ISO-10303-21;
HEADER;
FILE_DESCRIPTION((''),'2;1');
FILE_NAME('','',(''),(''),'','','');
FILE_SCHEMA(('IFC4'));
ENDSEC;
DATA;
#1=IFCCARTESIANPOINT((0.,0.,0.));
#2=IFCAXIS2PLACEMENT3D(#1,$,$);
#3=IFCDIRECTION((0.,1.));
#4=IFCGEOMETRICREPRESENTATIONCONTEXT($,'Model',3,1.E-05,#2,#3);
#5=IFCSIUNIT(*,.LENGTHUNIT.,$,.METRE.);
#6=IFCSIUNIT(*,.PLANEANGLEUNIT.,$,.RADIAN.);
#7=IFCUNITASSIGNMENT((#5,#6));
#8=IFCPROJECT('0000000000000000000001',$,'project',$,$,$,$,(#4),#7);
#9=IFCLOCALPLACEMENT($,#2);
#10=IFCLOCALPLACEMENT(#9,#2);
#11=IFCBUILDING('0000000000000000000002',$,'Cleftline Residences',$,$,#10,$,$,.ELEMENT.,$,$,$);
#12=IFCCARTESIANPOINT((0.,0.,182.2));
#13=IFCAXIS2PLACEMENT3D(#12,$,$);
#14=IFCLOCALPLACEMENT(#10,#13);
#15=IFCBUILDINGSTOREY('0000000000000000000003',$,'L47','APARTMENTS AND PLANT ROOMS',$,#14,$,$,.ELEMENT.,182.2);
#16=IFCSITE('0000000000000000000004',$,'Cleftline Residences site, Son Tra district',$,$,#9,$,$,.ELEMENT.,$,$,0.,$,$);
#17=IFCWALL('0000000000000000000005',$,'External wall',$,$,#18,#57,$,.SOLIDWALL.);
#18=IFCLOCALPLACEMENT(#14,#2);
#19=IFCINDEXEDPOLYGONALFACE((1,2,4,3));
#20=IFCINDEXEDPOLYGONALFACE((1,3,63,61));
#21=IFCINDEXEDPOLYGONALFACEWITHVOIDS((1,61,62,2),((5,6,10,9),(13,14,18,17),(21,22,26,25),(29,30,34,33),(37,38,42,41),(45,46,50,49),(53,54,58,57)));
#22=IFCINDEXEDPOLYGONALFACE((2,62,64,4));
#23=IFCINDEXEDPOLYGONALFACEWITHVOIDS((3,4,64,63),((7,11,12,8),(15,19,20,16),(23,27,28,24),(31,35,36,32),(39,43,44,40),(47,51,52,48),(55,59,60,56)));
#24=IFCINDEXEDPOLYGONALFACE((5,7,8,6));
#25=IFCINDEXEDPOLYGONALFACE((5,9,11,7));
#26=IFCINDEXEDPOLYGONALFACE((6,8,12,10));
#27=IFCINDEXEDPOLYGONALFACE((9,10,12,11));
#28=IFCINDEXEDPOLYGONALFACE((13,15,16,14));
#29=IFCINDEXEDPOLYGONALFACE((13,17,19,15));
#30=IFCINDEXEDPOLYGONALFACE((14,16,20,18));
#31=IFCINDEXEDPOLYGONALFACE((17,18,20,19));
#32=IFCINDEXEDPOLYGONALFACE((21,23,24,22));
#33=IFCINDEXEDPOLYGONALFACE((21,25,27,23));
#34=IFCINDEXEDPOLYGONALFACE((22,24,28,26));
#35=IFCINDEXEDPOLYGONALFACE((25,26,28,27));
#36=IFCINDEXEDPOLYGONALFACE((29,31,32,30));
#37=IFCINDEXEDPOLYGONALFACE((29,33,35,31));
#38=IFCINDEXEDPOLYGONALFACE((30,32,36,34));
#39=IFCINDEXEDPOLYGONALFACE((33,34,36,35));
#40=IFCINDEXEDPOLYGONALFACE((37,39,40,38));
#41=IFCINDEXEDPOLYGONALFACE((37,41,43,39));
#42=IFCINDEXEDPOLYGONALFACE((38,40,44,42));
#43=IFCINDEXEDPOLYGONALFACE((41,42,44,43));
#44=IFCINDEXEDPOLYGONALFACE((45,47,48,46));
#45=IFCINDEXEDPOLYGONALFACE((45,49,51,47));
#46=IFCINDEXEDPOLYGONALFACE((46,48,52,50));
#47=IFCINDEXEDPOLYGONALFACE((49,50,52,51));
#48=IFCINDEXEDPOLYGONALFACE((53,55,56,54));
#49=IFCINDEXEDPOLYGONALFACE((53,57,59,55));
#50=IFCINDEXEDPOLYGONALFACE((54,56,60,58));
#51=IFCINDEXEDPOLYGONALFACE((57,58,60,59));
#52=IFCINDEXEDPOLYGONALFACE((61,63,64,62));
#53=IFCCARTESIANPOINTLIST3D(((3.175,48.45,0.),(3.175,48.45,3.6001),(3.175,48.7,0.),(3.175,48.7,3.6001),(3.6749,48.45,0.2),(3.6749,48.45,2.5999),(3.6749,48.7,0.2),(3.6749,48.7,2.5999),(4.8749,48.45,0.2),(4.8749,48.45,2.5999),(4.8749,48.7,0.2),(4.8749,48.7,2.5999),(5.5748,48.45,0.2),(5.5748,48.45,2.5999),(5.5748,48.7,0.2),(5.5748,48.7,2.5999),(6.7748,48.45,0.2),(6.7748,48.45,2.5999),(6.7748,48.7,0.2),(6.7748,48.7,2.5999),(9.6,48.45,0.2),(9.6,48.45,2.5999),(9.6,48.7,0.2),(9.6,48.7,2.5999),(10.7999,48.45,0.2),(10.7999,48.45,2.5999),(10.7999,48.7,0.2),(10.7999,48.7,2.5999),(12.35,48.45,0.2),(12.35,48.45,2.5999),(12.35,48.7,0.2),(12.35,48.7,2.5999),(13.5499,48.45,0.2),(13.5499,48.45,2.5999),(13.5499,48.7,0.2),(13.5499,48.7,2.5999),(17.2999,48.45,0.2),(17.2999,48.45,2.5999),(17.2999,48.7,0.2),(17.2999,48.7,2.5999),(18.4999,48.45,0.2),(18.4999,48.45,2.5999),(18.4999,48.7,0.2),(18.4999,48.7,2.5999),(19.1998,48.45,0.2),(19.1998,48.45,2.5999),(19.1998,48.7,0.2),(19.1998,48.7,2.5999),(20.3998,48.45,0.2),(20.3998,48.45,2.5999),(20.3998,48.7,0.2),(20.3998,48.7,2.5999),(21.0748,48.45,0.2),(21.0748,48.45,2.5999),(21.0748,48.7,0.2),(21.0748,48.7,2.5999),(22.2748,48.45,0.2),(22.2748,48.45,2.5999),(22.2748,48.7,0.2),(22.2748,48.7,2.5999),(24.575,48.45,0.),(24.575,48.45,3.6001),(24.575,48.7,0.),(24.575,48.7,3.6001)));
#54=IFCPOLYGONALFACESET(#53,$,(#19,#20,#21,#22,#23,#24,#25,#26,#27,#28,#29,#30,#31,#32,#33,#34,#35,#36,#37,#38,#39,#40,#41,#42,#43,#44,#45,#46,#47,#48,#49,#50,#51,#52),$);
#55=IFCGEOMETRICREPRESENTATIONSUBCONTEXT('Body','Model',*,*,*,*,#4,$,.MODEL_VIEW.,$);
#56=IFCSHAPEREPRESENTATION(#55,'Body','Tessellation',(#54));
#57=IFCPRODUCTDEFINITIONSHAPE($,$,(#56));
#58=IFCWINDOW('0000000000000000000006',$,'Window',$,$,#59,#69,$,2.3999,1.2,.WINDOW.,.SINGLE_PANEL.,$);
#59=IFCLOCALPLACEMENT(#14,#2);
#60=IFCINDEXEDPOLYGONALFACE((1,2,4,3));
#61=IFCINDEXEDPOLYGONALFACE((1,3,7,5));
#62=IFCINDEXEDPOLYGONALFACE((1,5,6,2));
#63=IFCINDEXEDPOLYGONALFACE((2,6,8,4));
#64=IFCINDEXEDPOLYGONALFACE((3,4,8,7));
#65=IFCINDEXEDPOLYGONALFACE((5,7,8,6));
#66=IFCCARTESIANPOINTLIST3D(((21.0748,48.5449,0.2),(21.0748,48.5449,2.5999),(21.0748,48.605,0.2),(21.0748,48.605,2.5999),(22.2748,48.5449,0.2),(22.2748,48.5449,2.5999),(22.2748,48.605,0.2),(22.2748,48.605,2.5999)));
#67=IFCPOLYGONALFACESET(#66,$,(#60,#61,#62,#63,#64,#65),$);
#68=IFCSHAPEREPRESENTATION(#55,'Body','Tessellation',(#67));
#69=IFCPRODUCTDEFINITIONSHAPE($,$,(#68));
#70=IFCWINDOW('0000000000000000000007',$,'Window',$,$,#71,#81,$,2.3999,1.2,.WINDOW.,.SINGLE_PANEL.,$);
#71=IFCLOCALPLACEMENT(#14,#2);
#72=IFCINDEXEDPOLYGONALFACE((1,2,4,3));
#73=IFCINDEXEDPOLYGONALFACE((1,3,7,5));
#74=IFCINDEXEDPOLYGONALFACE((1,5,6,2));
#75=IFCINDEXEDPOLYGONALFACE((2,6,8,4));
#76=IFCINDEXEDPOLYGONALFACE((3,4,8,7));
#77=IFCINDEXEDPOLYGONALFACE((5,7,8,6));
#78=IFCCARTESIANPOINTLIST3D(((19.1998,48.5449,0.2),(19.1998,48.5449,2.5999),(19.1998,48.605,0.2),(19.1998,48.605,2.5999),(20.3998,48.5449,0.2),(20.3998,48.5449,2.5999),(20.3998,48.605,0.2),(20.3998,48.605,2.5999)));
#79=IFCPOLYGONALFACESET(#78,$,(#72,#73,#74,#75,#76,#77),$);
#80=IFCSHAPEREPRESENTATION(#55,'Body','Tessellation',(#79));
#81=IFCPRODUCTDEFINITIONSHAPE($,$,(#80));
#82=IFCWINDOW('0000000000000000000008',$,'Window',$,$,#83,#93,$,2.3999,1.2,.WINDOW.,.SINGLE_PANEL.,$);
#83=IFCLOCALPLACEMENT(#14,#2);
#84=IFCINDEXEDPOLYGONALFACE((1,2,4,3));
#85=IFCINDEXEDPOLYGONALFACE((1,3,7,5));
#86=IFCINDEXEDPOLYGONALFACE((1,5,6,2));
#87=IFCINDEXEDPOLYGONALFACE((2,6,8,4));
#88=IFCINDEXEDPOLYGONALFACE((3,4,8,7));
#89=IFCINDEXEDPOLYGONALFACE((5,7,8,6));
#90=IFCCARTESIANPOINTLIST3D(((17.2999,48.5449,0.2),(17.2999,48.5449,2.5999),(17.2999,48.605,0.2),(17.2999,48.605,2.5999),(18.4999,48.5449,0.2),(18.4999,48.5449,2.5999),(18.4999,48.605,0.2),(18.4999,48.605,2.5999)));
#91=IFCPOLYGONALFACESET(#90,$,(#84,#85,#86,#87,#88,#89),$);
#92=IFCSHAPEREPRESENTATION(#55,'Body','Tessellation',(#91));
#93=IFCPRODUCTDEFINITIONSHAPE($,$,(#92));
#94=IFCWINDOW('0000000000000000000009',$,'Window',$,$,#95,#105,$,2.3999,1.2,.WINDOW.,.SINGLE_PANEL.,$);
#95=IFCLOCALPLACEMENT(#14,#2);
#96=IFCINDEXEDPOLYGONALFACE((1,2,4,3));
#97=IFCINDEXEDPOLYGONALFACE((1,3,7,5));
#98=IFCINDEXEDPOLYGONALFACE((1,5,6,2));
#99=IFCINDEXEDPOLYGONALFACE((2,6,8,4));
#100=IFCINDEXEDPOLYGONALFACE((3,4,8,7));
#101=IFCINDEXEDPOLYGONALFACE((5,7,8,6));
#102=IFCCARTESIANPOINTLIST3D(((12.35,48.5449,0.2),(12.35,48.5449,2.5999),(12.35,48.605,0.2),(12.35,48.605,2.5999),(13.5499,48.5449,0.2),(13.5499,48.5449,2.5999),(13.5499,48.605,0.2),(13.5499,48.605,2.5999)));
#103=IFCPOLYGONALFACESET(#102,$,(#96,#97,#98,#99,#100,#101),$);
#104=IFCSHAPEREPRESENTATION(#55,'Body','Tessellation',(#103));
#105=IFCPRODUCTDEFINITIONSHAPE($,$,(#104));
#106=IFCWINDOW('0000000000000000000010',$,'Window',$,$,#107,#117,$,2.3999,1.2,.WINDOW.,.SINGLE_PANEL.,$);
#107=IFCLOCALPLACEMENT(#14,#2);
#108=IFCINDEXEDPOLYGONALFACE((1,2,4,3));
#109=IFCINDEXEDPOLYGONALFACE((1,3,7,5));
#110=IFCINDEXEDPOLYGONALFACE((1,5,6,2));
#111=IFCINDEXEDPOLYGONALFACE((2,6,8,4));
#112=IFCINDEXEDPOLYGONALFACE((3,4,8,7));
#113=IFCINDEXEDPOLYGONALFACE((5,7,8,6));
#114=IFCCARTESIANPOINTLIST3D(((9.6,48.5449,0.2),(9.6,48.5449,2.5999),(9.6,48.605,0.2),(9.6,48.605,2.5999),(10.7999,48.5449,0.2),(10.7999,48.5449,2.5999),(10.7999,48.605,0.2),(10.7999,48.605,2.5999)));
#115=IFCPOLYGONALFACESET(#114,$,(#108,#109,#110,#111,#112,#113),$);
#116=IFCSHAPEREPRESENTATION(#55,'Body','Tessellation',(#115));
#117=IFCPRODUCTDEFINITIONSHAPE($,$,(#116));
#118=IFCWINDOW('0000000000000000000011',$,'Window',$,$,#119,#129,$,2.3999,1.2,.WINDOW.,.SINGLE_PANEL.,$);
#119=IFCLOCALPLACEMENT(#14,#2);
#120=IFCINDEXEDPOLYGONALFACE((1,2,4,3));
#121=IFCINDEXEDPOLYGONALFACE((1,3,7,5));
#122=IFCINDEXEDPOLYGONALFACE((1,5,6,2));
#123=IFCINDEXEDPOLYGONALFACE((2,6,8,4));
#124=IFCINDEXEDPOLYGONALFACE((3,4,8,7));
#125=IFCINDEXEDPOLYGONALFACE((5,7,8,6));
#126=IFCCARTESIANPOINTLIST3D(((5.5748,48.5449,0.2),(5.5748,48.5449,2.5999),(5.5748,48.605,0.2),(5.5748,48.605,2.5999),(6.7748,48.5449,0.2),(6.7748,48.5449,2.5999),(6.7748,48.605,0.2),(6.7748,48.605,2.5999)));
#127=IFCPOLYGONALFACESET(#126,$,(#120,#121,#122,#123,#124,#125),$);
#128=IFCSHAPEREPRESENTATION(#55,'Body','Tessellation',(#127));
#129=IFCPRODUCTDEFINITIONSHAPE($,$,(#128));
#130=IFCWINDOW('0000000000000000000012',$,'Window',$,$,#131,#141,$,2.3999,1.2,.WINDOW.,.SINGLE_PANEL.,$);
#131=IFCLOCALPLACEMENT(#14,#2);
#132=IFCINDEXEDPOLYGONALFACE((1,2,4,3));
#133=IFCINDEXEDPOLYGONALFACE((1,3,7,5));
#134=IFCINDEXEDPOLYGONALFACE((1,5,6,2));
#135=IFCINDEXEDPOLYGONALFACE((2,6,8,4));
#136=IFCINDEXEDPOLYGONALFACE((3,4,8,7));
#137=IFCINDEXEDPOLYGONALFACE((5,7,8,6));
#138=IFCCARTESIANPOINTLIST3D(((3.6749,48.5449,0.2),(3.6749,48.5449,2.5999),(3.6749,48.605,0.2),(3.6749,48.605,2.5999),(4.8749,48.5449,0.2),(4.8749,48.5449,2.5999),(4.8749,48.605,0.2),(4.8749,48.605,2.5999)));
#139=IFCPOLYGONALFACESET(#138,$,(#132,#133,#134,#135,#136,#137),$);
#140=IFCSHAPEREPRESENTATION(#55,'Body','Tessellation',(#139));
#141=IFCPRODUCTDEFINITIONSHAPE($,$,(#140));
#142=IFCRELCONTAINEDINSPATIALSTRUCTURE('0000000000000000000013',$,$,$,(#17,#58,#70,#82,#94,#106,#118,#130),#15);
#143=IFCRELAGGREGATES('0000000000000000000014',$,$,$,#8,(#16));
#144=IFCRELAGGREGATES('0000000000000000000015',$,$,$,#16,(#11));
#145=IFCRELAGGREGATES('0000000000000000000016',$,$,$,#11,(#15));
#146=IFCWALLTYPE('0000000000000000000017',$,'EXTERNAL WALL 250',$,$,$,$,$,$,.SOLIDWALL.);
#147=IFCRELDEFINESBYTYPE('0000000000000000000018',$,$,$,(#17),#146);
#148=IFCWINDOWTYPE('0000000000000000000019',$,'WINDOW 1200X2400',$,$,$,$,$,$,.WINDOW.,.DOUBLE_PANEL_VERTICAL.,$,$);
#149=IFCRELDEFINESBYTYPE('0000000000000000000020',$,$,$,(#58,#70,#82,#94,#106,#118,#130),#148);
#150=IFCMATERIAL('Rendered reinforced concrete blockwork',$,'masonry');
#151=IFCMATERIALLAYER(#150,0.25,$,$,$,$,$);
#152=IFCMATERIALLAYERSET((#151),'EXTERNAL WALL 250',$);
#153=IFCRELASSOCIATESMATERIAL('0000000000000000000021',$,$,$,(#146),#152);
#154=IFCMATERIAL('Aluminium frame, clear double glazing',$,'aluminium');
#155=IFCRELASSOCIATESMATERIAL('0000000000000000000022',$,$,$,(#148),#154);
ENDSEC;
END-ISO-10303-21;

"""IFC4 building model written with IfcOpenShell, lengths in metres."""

from ifc_helpers import new_model, si_unit, direction, frame, frame_2d, origin, place, context, subcontext, project, spatial, rectangle, extrude, material, layer, layer_set, type_object, element, fill, save


model = new_model("IFC4")

# Units and contexts
model_context = context("Model", 3, precision=1e-05, world=origin(), true_north=direction((0.0, 1.0)))
body_context = subcontext(model_context, "Body", "Model", "MODEL_VIEW")
ifc_project = project(units=[si_unit("LENGTHUNIT", "METRE"), si_unit("PLANEANGLEUNIT", "RADIAN")], contexts=[model_context])

# Site, building, storey
site_placement = place(None, origin())
site = spatial("IfcSite", under=ifc_project, at=site_placement, Name="Cleftline Residences site, Son Tra district", CompositionType="ELEMENT", RefElevation=0.0)
building_placement = place(site_placement, origin())
building = spatial("IfcBuilding", under=site, at=building_placement, Name="Cleftline Residences", CompositionType="ELEMENT")
storey_placement = place(building_placement, frame((0.0, 0.0, 182.2)))
storey = spatial("IfcBuildingStorey", under=building, at=storey_placement, Name="L47", Description="APARTMENTS AND PLANT ROOMS", CompositionType="ELEMENT", Elevation=182.2)

# Wall, openings, windows
ifc_material_1 = material(Name="Rendered reinforced concrete blockwork", Category="masonry")
ifc_layer_1 = layer(ifc_material_1, 0.25)
ifc_layer_set_1 = layer_set([ifc_layer_1], Name="EXTERNAL WALL 250")
wall_type = type_object("IfcWallType", Name="EXTERNAL WALL 250", PredefinedType="SOLIDWALL", material=ifc_layer_set_1)
wall_placement = place(storey_placement, frame((24.575, 48.575, 0.0), z_axis=(0.0, 0.0, 1.0), x_axis=(-1.0, 0.0, 0.0)))
wall = element("IfcWall", 1, at=wall_placement, inside=storey, type_object=wall_type, Name="External wall", PredefinedType="SOLIDWALL", context=body_context, shape_type="SweptSolid", body=[
    extrude(rectangle(XDim=21.3999, YDim=0.25, at=frame_2d((10.7, 0.0))), origin(), (0.0, 0.0, 1.0), 3.6001),
])
opening_1_placement = place(wall_placement, frame((2.3, 0.0, 0.2)))
opening_1 = element("IfcOpeningElement", 2, at=opening_1_placement, cuts=wall, PredefinedType="OPENING", context=body_context, shape_type="SweptSolid", body=[
    extrude(rectangle(XDim=1.2, YDim=2.3999, at=frame_2d((0.6001, 1.2))), frame((0.0, 0.135, 0.0), z_axis=(0.0, -1.0, 0.0), x_axis=(1.0, 0.0, 0.0)), (0.0, 0.0, 1.0), 0.27),
])
opening_2_placement = place(wall_placement, frame((4.175, 0.0, 0.2)))
opening_2 = element("IfcOpeningElement", 3, at=opening_2_placement, cuts=wall, PredefinedType="OPENING", context=body_context, shape_type="SweptSolid", body=[
    extrude(rectangle(XDim=1.2, YDim=2.3999, at=frame_2d((0.6001, 1.2))), frame((0.0, 0.135, 0.0), z_axis=(0.0, -1.0, 0.0), x_axis=(1.0, 0.0, 0.0)), (0.0, 0.0, 1.0), 0.27),
])
opening_3_placement = place(wall_placement, frame((6.075, 0.0, 0.2)))
opening_3 = element("IfcOpeningElement", 4, at=opening_3_placement, cuts=wall, PredefinedType="OPENING", context=body_context, shape_type="SweptSolid", body=[
    extrude(rectangle(XDim=1.2, YDim=2.3999, at=frame_2d((0.6001, 1.2))), frame((0.0, 0.135, 0.0), z_axis=(0.0, -1.0, 0.0), x_axis=(1.0, 0.0, 0.0)), (0.0, 0.0, 1.0), 0.27),
])
opening_4_placement = place(wall_placement, frame((11.0249, 0.0, 0.2)))
opening_4 = element("IfcOpeningElement", 5, at=opening_4_placement, cuts=wall, PredefinedType="OPENING", context=body_context, shape_type="SweptSolid", body=[
    extrude(rectangle(XDim=1.2, YDim=2.3999, at=frame_2d((0.6001, 1.2))), frame((0.0, 0.135, 0.0), z_axis=(0.0, -1.0, 0.0), x_axis=(1.0, 0.0, 0.0)), (0.0, 0.0, 1.0), 0.27),
])
opening_5_placement = place(wall_placement, frame((13.7749, 0.0, 0.2)))
opening_5 = element("IfcOpeningElement", 6, at=opening_5_placement, cuts=wall, PredefinedType="OPENING", context=body_context, shape_type="SweptSolid", body=[
    extrude(rectangle(XDim=1.2, YDim=2.3999, at=frame_2d((0.6001, 1.2))), frame((0.0, 0.135, 0.0), z_axis=(0.0, -1.0, 0.0), x_axis=(1.0, 0.0, 0.0)), (0.0, 0.0, 1.0), 0.27),
])
opening_6_placement = place(wall_placement, frame((17.8, 0.0, 0.2)))
opening_6 = element("IfcOpeningElement", 7, at=opening_6_placement, cuts=wall, PredefinedType="OPENING", context=body_context, shape_type="SweptSolid", body=[
    extrude(rectangle(XDim=1.2, YDim=2.3999, at=frame_2d((0.6001, 1.2))), frame((0.0, 0.135, 0.0), z_axis=(0.0, -1.0, 0.0), x_axis=(1.0, 0.0, 0.0)), (0.0, 0.0, 1.0), 0.27),
])
opening_7_placement = place(wall_placement, frame((19.7, 0.0, 0.2)))
opening_7 = element("IfcOpeningElement", 8, at=opening_7_placement, cuts=wall, PredefinedType="OPENING", context=body_context, shape_type="SweptSolid", body=[
    extrude(rectangle(XDim=1.2, YDim=2.3999, at=frame_2d((0.6001, 1.2))), frame((0.0, 0.135, 0.0), z_axis=(0.0, -1.0, 0.0), x_axis=(1.0, 0.0, 0.0)), (0.0, 0.0, 1.0), 0.27),
])
ifc_material_2 = material(Name="Aluminium frame, clear double glazing", Category="aluminium")
window_type = type_object("IfcWindowType", Name="WINDOW 1200X2400", PartitioningType="DOUBLE_PANEL_VERTICAL", PredefinedType="WINDOW", material=ifc_material_2)
window_1_placement = place(opening_1_placement, origin())
window_1 = element("IfcWindow", 9, at=window_1_placement, inside=storey, type_object=window_type, Name="Window", OverallHeight=2.3999, OverallWidth=1.2, PartitioningType="SINGLE_PANEL", PredefinedType="WINDOW", context=body_context, shape_type="SweptSolid", body=[
    extrude(rectangle(XDim=1.2, YDim=2.3999, at=frame_2d((0.6001, 1.2))), frame((0.0, 0.03, 0.0), z_axis=(0.0, -1.0, 0.0), x_axis=(1.0, 0.0, 0.0)), (0.0, 0.0, 1.0), 0.0601),
])
fill(opening_1, window_1)
window_2_placement = place(opening_2_placement, origin())
window_2 = element("IfcWindow", 10, at=window_2_placement, inside=storey, type_object=window_type, Name="Window", OverallHeight=2.3999, OverallWidth=1.2, PartitioningType="SINGLE_PANEL", PredefinedType="WINDOW", context=body_context, shape_type="SweptSolid", body=[
    extrude(rectangle(XDim=1.2, YDim=2.3999, at=frame_2d((0.6001, 1.2))), frame((0.0, 0.03, 0.0), z_axis=(0.0, -1.0, 0.0), x_axis=(1.0, 0.0, 0.0)), (0.0, 0.0, 1.0), 0.0601),
])
fill(opening_2, window_2)
window_3_placement = place(opening_3_placement, origin())
window_3 = element("IfcWindow", 11, at=window_3_placement, inside=storey, type_object=window_type, Name="Window", OverallHeight=2.3999, OverallWidth=1.2, PartitioningType="SINGLE_PANEL", PredefinedType="WINDOW", context=body_context, shape_type="SweptSolid", body=[
    extrude(rectangle(XDim=1.2, YDim=2.3999, at=frame_2d((0.6001, 1.2))), frame((0.0, 0.03, 0.0), z_axis=(0.0, -1.0, 0.0), x_axis=(1.0, 0.0, 0.0)), (0.0, 0.0, 1.0), 0.0601),
])
fill(opening_3, window_3)
window_4_placement = place(opening_4_placement, origin())
window_4 = element("IfcWindow", 12, at=window_4_placement, inside=storey, type_object=window_type, Name="Window", OverallHeight=2.3999, OverallWidth=1.2, PartitioningType="SINGLE_PANEL", PredefinedType="WINDOW", context=body_context, shape_type="SweptSolid", body=[
    extrude(rectangle(XDim=1.2, YDim=2.3999, at=frame_2d((0.6001, 1.2))), frame((0.0, 0.03, 0.0), z_axis=(0.0, -1.0, 0.0), x_axis=(1.0, 0.0, 0.0)), (0.0, 0.0, 1.0), 0.0601),
])
fill(opening_4, window_4)
window_5_placement = place(opening_5_placement, origin())
window_5 = element("IfcWindow", 13, at=window_5_placement, inside=storey, type_object=window_type, Name="Window", OverallHeight=2.3999, OverallWidth=1.2, PartitioningType="SINGLE_PANEL", PredefinedType="WINDOW", context=body_context, shape_type="SweptSolid", body=[
    extrude(rectangle(XDim=1.2, YDim=2.3999, at=frame_2d((0.6001, 1.2))), frame((0.0, 0.03, 0.0), z_axis=(0.0, -1.0, 0.0), x_axis=(1.0, 0.0, 0.0)), (0.0, 0.0, 1.0), 0.0601),
])
fill(opening_5, window_5)
window_6_placement = place(opening_6_placement, origin())
window_6 = element("IfcWindow", 14, at=window_6_placement, inside=storey, type_object=window_type, Name="Window", OverallHeight=2.3999, OverallWidth=1.2, PartitioningType="SINGLE_PANEL", PredefinedType="WINDOW", context=body_context, shape_type="SweptSolid", body=[
    extrude(rectangle(XDim=1.2, YDim=2.3999, at=frame_2d((0.6001, 1.2))), frame((0.0, 0.03, 0.0), z_axis=(0.0, -1.0, 0.0), x_axis=(1.0, 0.0, 0.0)), (0.0, 0.0, 1.0), 0.0601),
])
fill(opening_6, window_6)
window_7_placement = place(opening_7_placement, origin())
window_7 = element("IfcWindow", 15, at=window_7_placement, inside=storey, type_object=window_type, Name="Window", OverallHeight=2.3999, OverallWidth=1.2, PartitioningType="SINGLE_PANEL", PredefinedType="WINDOW", context=body_context, shape_type="SweptSolid", body=[
    extrude(rectangle(XDim=1.2, YDim=2.3999, at=frame_2d((0.6001, 1.2))), frame((0.0, 0.03, 0.0), z_axis=(0.0, -1.0, 0.0), x_axis=(1.0, 0.0, 0.0)), (0.0, 0.0, 1.0), 0.0601),
])
fill(opening_7, window_7)

save(model, "model.ifc")
